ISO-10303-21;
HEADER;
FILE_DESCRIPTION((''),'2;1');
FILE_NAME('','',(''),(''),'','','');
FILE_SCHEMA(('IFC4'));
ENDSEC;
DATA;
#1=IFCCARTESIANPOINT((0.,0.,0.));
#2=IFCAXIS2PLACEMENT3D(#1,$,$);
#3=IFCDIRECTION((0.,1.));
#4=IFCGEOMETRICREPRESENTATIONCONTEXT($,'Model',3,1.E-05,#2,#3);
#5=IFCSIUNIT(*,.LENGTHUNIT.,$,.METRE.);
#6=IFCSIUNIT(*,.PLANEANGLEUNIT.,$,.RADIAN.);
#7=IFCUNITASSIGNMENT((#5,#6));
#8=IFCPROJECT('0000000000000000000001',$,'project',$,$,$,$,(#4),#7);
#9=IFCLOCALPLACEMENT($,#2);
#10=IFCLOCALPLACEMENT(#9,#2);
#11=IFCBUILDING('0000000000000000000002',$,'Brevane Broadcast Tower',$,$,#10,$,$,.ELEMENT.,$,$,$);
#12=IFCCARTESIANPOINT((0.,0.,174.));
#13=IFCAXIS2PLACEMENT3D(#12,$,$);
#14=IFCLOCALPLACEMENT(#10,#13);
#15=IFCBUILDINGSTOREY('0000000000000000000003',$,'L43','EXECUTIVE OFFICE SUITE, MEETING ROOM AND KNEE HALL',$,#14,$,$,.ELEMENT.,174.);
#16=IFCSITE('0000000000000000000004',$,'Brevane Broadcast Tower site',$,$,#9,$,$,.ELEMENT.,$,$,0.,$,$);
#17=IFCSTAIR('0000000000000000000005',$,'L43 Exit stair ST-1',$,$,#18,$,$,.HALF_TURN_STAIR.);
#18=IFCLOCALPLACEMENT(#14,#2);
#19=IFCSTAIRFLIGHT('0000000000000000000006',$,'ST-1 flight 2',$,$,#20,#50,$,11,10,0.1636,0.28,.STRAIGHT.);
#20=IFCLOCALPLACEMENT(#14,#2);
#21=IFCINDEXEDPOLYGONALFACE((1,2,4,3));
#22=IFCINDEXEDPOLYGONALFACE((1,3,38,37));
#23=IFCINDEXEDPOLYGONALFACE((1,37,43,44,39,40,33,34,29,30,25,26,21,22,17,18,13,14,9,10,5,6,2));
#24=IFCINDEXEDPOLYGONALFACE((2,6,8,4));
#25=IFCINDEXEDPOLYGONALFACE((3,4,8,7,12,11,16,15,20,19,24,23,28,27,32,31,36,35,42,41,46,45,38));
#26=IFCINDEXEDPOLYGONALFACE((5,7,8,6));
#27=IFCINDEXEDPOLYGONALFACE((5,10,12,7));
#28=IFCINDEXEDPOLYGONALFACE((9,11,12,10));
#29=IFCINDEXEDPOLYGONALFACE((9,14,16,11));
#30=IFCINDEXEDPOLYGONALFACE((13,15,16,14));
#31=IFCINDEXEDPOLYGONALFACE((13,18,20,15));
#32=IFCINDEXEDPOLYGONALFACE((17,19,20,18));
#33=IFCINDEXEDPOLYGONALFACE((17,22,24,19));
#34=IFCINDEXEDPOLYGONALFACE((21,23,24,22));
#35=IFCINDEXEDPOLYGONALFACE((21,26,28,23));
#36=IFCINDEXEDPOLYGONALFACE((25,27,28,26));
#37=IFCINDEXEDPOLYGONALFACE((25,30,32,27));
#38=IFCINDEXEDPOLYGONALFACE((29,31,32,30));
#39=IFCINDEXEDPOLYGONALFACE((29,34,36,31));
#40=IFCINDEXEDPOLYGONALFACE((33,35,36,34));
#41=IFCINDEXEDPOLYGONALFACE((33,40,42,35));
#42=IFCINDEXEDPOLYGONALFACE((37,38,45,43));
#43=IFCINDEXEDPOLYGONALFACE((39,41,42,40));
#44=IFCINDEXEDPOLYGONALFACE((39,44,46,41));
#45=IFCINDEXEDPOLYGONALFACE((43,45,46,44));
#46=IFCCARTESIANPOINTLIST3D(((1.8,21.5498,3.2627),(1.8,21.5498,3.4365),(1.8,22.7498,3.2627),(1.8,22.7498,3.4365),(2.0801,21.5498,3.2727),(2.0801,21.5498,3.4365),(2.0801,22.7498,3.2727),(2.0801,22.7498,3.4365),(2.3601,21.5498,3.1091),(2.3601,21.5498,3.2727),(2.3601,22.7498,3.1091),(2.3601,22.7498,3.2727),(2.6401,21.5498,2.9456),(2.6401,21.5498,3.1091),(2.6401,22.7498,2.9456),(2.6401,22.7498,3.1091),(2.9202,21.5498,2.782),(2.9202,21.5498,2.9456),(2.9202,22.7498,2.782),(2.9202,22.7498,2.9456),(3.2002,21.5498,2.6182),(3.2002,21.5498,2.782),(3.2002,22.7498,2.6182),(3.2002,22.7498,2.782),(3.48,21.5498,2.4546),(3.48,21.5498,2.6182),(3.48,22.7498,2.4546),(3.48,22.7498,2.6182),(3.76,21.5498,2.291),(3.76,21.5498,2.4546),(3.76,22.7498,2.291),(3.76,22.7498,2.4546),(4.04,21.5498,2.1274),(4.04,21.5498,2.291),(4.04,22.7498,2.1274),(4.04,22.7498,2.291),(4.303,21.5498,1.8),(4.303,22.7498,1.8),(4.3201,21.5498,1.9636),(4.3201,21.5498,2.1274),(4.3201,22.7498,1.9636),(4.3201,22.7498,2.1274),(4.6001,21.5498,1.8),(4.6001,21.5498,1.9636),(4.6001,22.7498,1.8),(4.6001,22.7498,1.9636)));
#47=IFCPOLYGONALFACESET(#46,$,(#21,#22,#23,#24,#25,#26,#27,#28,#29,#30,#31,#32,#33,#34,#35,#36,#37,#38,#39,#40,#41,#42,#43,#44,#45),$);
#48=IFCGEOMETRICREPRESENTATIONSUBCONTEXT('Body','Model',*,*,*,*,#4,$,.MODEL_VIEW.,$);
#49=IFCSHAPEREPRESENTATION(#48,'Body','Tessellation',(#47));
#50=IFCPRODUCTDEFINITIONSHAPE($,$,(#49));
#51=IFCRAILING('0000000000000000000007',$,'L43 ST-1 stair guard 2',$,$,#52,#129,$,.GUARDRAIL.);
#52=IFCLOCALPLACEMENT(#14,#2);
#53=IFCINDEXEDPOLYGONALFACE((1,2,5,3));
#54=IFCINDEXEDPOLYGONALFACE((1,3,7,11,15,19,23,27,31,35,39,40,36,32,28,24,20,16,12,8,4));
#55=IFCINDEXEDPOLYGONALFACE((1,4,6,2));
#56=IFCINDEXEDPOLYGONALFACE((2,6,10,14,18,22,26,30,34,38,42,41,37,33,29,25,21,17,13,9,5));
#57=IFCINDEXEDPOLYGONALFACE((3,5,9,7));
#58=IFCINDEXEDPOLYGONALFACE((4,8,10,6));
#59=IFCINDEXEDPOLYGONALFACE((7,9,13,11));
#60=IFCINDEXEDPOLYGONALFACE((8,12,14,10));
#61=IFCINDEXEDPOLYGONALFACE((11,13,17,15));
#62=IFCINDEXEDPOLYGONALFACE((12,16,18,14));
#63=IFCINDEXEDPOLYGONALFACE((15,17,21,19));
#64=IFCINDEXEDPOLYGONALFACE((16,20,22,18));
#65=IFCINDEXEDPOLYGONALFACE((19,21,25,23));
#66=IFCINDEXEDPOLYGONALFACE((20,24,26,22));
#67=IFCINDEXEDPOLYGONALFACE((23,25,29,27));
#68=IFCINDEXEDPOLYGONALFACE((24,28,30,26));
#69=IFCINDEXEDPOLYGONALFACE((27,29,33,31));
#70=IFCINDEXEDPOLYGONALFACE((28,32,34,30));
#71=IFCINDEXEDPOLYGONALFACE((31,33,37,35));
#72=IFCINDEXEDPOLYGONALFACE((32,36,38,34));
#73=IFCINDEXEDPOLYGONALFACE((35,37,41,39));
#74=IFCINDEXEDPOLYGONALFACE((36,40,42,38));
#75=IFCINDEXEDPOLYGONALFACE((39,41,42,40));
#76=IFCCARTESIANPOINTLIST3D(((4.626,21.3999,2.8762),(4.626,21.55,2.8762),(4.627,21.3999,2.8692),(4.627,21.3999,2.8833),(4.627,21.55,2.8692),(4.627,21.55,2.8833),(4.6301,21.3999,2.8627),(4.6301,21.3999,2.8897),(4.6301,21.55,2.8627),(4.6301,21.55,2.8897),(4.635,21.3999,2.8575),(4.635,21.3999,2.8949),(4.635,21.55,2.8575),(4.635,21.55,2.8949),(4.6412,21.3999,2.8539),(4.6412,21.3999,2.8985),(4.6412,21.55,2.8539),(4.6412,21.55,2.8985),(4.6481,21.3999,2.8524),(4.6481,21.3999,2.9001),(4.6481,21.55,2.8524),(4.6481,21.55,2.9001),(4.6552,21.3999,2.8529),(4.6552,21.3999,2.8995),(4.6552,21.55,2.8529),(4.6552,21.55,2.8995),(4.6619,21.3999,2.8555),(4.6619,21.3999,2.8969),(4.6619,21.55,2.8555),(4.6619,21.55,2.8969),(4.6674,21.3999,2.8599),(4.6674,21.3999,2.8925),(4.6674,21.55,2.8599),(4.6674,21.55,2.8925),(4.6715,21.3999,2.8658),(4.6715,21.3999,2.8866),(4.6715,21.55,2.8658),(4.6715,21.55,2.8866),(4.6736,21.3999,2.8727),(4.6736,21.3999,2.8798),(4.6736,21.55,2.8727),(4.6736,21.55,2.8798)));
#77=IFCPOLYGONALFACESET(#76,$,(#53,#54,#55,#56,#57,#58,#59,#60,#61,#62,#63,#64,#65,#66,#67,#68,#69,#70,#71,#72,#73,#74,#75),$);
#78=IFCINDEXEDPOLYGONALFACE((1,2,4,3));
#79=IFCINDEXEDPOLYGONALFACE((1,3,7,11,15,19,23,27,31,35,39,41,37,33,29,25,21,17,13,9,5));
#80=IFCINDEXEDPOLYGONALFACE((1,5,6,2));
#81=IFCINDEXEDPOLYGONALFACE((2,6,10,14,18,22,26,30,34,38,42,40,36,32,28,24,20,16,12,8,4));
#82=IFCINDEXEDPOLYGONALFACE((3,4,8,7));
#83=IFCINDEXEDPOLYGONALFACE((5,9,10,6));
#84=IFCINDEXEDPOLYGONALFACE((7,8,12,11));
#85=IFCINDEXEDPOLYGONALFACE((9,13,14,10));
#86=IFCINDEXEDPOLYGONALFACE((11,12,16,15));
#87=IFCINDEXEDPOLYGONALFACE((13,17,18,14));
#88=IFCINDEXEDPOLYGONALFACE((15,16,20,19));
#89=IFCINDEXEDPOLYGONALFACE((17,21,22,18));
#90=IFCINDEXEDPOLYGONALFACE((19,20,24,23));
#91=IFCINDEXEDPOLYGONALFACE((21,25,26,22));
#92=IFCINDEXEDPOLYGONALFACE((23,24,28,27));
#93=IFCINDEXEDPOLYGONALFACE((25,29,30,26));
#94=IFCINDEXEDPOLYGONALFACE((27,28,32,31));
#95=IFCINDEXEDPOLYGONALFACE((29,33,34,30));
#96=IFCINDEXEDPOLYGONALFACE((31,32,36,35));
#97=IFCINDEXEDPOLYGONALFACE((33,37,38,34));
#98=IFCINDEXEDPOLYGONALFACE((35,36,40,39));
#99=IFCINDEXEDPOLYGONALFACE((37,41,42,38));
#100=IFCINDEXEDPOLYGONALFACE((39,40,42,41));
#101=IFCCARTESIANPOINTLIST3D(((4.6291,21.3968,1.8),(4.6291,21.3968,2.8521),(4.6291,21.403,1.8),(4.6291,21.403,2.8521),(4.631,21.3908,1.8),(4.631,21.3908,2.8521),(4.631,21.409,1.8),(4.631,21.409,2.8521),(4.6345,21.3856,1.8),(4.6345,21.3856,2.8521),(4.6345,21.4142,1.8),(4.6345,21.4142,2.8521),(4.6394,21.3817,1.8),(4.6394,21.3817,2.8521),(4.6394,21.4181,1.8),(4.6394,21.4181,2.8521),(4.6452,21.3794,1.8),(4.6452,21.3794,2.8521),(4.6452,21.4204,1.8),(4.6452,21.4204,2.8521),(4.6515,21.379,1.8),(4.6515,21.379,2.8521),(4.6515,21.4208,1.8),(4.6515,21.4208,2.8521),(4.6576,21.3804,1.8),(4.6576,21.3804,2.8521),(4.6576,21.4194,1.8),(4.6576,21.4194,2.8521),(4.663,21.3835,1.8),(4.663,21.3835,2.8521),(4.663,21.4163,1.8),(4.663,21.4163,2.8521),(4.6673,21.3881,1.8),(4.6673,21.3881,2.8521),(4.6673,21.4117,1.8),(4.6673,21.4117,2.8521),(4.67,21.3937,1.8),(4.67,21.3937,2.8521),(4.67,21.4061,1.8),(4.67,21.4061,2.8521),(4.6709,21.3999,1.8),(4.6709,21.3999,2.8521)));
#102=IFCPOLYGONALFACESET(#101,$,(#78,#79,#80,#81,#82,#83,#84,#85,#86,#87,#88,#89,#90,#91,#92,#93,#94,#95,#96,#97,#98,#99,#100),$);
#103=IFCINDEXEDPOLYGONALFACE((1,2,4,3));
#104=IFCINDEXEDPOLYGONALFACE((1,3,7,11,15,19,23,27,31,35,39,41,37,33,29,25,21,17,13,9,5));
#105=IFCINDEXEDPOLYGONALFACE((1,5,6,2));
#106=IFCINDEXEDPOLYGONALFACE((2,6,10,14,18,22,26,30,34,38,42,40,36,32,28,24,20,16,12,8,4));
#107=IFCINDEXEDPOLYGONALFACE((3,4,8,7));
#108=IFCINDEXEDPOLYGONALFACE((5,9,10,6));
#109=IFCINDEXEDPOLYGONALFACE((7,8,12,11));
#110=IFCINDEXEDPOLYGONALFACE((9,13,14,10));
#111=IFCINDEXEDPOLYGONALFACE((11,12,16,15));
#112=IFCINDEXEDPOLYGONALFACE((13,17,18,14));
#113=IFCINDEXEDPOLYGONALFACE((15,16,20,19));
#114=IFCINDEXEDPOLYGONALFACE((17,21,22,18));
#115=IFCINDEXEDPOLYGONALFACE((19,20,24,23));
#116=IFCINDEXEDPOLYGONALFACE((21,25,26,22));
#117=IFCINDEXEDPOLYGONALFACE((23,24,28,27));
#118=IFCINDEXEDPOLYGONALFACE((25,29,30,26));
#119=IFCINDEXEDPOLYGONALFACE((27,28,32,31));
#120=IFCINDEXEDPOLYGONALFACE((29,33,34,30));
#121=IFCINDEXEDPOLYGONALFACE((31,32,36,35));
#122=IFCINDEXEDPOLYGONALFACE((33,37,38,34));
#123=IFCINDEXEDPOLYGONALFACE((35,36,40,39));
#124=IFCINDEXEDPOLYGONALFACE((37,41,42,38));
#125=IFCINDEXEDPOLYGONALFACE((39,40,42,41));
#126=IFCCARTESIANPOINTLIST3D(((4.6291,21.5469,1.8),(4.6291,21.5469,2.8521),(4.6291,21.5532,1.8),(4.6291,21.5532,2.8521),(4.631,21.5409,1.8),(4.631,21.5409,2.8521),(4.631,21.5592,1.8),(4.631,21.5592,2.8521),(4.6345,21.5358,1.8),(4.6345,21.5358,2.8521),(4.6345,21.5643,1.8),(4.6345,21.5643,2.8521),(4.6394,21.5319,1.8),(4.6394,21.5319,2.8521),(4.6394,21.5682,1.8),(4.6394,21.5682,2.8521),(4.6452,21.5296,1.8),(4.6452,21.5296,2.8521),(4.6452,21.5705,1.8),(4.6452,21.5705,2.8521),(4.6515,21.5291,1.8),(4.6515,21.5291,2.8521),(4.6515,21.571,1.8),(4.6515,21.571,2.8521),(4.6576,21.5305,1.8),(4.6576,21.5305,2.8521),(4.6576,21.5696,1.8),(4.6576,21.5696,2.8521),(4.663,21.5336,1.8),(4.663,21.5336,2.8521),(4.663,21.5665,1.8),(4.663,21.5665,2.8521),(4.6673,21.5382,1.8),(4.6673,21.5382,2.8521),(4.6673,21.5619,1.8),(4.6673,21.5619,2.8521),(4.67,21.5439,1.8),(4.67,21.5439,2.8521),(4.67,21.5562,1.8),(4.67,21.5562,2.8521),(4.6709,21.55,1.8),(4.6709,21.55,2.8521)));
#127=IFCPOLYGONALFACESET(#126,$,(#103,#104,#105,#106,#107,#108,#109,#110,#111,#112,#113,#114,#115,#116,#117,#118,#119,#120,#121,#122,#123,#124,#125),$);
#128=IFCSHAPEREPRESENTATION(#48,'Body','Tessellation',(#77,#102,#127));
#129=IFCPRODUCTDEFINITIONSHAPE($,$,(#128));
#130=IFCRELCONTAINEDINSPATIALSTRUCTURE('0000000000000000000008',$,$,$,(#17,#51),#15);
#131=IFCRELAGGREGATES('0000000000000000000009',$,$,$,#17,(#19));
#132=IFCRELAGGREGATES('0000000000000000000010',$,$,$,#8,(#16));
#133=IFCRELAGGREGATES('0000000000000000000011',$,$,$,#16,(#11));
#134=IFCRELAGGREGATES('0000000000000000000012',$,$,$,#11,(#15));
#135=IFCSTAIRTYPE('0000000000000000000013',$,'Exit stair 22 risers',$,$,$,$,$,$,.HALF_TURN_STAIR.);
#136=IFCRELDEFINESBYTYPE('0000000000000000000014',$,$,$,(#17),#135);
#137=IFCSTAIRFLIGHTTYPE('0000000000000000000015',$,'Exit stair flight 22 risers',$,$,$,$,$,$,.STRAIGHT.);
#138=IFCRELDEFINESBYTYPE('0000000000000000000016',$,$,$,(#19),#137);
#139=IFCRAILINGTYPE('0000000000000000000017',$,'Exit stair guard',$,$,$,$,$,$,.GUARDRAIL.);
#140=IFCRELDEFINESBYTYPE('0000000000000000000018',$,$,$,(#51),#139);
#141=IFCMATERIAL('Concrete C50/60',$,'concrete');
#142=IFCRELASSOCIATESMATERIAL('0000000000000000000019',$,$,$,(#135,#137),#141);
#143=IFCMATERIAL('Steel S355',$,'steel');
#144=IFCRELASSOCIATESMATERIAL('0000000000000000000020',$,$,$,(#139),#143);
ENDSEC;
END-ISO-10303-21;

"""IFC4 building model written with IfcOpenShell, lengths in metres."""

from ifc_helpers import new_model, si_unit, direction, frame, origin, origin_2d, place, context, subcontext, project, spatial, polyline, circle, outline, extrude, material, type_object, element, aggregate, save


model = new_model("IFC4")

# Units and contexts
model_context = context("Model", 3, precision=1e-05, world=origin(), true_north=direction((0.0, 1.0)))
body_context = subcontext(model_context, "Body", "Model", "MODEL_VIEW")
ifc_project = project(units=[si_unit("LENGTHUNIT", "METRE"), si_unit("PLANEANGLEUNIT", "RADIAN")], contexts=[model_context])

# Site, building, storey
site_placement = place(None, origin())
site = spatial("IfcSite", under=ifc_project, at=site_placement, Name="Brevane Broadcast Tower site", CompositionType="ELEMENT", RefElevation=0.0)
building_placement = place(site_placement, origin())
building = spatial("IfcBuilding", under=site, at=building_placement, Name="Brevane Broadcast Tower", CompositionType="ELEMENT")
storey_placement = place(building_placement, frame((0.0, 0.0, 174.0)))
storey = spatial("IfcBuildingStorey", under=building, at=storey_placement, Name="L43", Description="EXECUTIVE OFFICE SUITE, MEETING ROOM AND KNEE HALL", CompositionType="ELEMENT", Elevation=174.0)

# Stair, stair flight
ifc_material_1 = material(Name="Concrete C50/60", Category="concrete")
stair_type = type_object("IfcStairType", Name="Exit stair 22 risers", PredefinedType="HALF_TURN_STAIR", material=ifc_material_1)
stair_placement = place(storey_placement, origin())
stair = element("IfcStair", 1, at=stair_placement, inside=storey, type_object=stair_type, Name="L43 Exit stair ST-1", PredefinedType="HALF_TURN_STAIR")
stair_flight_type = type_object("IfcStairFlightType", Name="Exit stair flight 22 risers", PredefinedType="STRAIGHT", material=ifc_material_1)
stair_flight_placement = place(storey_placement, frame((4.6001, 22.1499, 1.8), z_axis=(0.0, 0.0, 1.0), x_axis=(-1.0, 0.0, 0.0)))
stair_flight = element("IfcStairFlight", 2, at=stair_flight_placement, type_object=stair_flight_type, Name="ST-1 flight 2", NumberOfRisers=11, NumberOfTreads=10, PredefinedType="STRAIGHT", RiserHeight=0.1636, TreadLength=0.28, context=body_context, shape_type="SweptSolid", body=[
    extrude(outline(polyline([(0.0, 0.0), (0.0, 0.1636), (0.28, 0.1636), (0.28, 0.3274), (0.5601, 0.3274), (0.5601, 0.491), (0.8401, 0.491), (0.8401, 0.6545), (1.1201, 0.6545), (1.1201, 0.8181), (1.3999, 0.8181), (1.3999, 0.9819), (1.6799, 0.9819), (1.6799, 1.1455), (1.96, 1.1455), (1.96, 1.3091), (2.24, 1.3091), (2.24, 1.4727), (2.52, 1.4727), (2.52, 1.6365), (2.8, 1.6365), (2.8, 1.8), (2.8, 1.4626), (0.2971, 0.0), (0.0, 0.0)])), frame((0.0, 0.6001, 0.0), z_axis=(0.0, -1.0, 0.0), x_axis=(1.0, 0.0, 0.0)), (0.0, 0.0, 1.0), 1.2),
])
aggregate(stair, [stair_flight])

# Railing
ifc_material_2 = material(Name="Steel S355", Category="steel")
railing_type_1 = type_object("IfcRailingType", Name="Exit stair guard", PredefinedType="GUARDRAIL", material=ifc_material_2)
railing_1_placement = place(storey_placement, frame((4.6499, 21.3999, 1.8)))
element("IfcRailing", 3, at=railing_1_placement, inside=storey, type_object=railing_type_1, Name="L43 ST-1 stair guard 2", PredefinedType="GUARDRAIL", context=body_context, shape_type="SweptSolid", body=[
    extrude(circle(Radius=0.0239, at=origin_2d()), frame((0.0, 0.0, 1.0762), z_axis=(0.0, 1.0, 0.0), x_axis=(-1.0, 0.0, 0.0)), (0.0, 0.0, 1.0), 0.1501),
    extrude(circle(Radius=0.021, at=origin_2d()), origin(), (0.0, 0.0, 1.0), 1.052),
    extrude(circle(Radius=0.021, at=origin_2d()), frame((0.0, 0.1501, 0.0)), (0.0, 0.0, 1.0), 1.052),
])

save(model, "model.ifc")
